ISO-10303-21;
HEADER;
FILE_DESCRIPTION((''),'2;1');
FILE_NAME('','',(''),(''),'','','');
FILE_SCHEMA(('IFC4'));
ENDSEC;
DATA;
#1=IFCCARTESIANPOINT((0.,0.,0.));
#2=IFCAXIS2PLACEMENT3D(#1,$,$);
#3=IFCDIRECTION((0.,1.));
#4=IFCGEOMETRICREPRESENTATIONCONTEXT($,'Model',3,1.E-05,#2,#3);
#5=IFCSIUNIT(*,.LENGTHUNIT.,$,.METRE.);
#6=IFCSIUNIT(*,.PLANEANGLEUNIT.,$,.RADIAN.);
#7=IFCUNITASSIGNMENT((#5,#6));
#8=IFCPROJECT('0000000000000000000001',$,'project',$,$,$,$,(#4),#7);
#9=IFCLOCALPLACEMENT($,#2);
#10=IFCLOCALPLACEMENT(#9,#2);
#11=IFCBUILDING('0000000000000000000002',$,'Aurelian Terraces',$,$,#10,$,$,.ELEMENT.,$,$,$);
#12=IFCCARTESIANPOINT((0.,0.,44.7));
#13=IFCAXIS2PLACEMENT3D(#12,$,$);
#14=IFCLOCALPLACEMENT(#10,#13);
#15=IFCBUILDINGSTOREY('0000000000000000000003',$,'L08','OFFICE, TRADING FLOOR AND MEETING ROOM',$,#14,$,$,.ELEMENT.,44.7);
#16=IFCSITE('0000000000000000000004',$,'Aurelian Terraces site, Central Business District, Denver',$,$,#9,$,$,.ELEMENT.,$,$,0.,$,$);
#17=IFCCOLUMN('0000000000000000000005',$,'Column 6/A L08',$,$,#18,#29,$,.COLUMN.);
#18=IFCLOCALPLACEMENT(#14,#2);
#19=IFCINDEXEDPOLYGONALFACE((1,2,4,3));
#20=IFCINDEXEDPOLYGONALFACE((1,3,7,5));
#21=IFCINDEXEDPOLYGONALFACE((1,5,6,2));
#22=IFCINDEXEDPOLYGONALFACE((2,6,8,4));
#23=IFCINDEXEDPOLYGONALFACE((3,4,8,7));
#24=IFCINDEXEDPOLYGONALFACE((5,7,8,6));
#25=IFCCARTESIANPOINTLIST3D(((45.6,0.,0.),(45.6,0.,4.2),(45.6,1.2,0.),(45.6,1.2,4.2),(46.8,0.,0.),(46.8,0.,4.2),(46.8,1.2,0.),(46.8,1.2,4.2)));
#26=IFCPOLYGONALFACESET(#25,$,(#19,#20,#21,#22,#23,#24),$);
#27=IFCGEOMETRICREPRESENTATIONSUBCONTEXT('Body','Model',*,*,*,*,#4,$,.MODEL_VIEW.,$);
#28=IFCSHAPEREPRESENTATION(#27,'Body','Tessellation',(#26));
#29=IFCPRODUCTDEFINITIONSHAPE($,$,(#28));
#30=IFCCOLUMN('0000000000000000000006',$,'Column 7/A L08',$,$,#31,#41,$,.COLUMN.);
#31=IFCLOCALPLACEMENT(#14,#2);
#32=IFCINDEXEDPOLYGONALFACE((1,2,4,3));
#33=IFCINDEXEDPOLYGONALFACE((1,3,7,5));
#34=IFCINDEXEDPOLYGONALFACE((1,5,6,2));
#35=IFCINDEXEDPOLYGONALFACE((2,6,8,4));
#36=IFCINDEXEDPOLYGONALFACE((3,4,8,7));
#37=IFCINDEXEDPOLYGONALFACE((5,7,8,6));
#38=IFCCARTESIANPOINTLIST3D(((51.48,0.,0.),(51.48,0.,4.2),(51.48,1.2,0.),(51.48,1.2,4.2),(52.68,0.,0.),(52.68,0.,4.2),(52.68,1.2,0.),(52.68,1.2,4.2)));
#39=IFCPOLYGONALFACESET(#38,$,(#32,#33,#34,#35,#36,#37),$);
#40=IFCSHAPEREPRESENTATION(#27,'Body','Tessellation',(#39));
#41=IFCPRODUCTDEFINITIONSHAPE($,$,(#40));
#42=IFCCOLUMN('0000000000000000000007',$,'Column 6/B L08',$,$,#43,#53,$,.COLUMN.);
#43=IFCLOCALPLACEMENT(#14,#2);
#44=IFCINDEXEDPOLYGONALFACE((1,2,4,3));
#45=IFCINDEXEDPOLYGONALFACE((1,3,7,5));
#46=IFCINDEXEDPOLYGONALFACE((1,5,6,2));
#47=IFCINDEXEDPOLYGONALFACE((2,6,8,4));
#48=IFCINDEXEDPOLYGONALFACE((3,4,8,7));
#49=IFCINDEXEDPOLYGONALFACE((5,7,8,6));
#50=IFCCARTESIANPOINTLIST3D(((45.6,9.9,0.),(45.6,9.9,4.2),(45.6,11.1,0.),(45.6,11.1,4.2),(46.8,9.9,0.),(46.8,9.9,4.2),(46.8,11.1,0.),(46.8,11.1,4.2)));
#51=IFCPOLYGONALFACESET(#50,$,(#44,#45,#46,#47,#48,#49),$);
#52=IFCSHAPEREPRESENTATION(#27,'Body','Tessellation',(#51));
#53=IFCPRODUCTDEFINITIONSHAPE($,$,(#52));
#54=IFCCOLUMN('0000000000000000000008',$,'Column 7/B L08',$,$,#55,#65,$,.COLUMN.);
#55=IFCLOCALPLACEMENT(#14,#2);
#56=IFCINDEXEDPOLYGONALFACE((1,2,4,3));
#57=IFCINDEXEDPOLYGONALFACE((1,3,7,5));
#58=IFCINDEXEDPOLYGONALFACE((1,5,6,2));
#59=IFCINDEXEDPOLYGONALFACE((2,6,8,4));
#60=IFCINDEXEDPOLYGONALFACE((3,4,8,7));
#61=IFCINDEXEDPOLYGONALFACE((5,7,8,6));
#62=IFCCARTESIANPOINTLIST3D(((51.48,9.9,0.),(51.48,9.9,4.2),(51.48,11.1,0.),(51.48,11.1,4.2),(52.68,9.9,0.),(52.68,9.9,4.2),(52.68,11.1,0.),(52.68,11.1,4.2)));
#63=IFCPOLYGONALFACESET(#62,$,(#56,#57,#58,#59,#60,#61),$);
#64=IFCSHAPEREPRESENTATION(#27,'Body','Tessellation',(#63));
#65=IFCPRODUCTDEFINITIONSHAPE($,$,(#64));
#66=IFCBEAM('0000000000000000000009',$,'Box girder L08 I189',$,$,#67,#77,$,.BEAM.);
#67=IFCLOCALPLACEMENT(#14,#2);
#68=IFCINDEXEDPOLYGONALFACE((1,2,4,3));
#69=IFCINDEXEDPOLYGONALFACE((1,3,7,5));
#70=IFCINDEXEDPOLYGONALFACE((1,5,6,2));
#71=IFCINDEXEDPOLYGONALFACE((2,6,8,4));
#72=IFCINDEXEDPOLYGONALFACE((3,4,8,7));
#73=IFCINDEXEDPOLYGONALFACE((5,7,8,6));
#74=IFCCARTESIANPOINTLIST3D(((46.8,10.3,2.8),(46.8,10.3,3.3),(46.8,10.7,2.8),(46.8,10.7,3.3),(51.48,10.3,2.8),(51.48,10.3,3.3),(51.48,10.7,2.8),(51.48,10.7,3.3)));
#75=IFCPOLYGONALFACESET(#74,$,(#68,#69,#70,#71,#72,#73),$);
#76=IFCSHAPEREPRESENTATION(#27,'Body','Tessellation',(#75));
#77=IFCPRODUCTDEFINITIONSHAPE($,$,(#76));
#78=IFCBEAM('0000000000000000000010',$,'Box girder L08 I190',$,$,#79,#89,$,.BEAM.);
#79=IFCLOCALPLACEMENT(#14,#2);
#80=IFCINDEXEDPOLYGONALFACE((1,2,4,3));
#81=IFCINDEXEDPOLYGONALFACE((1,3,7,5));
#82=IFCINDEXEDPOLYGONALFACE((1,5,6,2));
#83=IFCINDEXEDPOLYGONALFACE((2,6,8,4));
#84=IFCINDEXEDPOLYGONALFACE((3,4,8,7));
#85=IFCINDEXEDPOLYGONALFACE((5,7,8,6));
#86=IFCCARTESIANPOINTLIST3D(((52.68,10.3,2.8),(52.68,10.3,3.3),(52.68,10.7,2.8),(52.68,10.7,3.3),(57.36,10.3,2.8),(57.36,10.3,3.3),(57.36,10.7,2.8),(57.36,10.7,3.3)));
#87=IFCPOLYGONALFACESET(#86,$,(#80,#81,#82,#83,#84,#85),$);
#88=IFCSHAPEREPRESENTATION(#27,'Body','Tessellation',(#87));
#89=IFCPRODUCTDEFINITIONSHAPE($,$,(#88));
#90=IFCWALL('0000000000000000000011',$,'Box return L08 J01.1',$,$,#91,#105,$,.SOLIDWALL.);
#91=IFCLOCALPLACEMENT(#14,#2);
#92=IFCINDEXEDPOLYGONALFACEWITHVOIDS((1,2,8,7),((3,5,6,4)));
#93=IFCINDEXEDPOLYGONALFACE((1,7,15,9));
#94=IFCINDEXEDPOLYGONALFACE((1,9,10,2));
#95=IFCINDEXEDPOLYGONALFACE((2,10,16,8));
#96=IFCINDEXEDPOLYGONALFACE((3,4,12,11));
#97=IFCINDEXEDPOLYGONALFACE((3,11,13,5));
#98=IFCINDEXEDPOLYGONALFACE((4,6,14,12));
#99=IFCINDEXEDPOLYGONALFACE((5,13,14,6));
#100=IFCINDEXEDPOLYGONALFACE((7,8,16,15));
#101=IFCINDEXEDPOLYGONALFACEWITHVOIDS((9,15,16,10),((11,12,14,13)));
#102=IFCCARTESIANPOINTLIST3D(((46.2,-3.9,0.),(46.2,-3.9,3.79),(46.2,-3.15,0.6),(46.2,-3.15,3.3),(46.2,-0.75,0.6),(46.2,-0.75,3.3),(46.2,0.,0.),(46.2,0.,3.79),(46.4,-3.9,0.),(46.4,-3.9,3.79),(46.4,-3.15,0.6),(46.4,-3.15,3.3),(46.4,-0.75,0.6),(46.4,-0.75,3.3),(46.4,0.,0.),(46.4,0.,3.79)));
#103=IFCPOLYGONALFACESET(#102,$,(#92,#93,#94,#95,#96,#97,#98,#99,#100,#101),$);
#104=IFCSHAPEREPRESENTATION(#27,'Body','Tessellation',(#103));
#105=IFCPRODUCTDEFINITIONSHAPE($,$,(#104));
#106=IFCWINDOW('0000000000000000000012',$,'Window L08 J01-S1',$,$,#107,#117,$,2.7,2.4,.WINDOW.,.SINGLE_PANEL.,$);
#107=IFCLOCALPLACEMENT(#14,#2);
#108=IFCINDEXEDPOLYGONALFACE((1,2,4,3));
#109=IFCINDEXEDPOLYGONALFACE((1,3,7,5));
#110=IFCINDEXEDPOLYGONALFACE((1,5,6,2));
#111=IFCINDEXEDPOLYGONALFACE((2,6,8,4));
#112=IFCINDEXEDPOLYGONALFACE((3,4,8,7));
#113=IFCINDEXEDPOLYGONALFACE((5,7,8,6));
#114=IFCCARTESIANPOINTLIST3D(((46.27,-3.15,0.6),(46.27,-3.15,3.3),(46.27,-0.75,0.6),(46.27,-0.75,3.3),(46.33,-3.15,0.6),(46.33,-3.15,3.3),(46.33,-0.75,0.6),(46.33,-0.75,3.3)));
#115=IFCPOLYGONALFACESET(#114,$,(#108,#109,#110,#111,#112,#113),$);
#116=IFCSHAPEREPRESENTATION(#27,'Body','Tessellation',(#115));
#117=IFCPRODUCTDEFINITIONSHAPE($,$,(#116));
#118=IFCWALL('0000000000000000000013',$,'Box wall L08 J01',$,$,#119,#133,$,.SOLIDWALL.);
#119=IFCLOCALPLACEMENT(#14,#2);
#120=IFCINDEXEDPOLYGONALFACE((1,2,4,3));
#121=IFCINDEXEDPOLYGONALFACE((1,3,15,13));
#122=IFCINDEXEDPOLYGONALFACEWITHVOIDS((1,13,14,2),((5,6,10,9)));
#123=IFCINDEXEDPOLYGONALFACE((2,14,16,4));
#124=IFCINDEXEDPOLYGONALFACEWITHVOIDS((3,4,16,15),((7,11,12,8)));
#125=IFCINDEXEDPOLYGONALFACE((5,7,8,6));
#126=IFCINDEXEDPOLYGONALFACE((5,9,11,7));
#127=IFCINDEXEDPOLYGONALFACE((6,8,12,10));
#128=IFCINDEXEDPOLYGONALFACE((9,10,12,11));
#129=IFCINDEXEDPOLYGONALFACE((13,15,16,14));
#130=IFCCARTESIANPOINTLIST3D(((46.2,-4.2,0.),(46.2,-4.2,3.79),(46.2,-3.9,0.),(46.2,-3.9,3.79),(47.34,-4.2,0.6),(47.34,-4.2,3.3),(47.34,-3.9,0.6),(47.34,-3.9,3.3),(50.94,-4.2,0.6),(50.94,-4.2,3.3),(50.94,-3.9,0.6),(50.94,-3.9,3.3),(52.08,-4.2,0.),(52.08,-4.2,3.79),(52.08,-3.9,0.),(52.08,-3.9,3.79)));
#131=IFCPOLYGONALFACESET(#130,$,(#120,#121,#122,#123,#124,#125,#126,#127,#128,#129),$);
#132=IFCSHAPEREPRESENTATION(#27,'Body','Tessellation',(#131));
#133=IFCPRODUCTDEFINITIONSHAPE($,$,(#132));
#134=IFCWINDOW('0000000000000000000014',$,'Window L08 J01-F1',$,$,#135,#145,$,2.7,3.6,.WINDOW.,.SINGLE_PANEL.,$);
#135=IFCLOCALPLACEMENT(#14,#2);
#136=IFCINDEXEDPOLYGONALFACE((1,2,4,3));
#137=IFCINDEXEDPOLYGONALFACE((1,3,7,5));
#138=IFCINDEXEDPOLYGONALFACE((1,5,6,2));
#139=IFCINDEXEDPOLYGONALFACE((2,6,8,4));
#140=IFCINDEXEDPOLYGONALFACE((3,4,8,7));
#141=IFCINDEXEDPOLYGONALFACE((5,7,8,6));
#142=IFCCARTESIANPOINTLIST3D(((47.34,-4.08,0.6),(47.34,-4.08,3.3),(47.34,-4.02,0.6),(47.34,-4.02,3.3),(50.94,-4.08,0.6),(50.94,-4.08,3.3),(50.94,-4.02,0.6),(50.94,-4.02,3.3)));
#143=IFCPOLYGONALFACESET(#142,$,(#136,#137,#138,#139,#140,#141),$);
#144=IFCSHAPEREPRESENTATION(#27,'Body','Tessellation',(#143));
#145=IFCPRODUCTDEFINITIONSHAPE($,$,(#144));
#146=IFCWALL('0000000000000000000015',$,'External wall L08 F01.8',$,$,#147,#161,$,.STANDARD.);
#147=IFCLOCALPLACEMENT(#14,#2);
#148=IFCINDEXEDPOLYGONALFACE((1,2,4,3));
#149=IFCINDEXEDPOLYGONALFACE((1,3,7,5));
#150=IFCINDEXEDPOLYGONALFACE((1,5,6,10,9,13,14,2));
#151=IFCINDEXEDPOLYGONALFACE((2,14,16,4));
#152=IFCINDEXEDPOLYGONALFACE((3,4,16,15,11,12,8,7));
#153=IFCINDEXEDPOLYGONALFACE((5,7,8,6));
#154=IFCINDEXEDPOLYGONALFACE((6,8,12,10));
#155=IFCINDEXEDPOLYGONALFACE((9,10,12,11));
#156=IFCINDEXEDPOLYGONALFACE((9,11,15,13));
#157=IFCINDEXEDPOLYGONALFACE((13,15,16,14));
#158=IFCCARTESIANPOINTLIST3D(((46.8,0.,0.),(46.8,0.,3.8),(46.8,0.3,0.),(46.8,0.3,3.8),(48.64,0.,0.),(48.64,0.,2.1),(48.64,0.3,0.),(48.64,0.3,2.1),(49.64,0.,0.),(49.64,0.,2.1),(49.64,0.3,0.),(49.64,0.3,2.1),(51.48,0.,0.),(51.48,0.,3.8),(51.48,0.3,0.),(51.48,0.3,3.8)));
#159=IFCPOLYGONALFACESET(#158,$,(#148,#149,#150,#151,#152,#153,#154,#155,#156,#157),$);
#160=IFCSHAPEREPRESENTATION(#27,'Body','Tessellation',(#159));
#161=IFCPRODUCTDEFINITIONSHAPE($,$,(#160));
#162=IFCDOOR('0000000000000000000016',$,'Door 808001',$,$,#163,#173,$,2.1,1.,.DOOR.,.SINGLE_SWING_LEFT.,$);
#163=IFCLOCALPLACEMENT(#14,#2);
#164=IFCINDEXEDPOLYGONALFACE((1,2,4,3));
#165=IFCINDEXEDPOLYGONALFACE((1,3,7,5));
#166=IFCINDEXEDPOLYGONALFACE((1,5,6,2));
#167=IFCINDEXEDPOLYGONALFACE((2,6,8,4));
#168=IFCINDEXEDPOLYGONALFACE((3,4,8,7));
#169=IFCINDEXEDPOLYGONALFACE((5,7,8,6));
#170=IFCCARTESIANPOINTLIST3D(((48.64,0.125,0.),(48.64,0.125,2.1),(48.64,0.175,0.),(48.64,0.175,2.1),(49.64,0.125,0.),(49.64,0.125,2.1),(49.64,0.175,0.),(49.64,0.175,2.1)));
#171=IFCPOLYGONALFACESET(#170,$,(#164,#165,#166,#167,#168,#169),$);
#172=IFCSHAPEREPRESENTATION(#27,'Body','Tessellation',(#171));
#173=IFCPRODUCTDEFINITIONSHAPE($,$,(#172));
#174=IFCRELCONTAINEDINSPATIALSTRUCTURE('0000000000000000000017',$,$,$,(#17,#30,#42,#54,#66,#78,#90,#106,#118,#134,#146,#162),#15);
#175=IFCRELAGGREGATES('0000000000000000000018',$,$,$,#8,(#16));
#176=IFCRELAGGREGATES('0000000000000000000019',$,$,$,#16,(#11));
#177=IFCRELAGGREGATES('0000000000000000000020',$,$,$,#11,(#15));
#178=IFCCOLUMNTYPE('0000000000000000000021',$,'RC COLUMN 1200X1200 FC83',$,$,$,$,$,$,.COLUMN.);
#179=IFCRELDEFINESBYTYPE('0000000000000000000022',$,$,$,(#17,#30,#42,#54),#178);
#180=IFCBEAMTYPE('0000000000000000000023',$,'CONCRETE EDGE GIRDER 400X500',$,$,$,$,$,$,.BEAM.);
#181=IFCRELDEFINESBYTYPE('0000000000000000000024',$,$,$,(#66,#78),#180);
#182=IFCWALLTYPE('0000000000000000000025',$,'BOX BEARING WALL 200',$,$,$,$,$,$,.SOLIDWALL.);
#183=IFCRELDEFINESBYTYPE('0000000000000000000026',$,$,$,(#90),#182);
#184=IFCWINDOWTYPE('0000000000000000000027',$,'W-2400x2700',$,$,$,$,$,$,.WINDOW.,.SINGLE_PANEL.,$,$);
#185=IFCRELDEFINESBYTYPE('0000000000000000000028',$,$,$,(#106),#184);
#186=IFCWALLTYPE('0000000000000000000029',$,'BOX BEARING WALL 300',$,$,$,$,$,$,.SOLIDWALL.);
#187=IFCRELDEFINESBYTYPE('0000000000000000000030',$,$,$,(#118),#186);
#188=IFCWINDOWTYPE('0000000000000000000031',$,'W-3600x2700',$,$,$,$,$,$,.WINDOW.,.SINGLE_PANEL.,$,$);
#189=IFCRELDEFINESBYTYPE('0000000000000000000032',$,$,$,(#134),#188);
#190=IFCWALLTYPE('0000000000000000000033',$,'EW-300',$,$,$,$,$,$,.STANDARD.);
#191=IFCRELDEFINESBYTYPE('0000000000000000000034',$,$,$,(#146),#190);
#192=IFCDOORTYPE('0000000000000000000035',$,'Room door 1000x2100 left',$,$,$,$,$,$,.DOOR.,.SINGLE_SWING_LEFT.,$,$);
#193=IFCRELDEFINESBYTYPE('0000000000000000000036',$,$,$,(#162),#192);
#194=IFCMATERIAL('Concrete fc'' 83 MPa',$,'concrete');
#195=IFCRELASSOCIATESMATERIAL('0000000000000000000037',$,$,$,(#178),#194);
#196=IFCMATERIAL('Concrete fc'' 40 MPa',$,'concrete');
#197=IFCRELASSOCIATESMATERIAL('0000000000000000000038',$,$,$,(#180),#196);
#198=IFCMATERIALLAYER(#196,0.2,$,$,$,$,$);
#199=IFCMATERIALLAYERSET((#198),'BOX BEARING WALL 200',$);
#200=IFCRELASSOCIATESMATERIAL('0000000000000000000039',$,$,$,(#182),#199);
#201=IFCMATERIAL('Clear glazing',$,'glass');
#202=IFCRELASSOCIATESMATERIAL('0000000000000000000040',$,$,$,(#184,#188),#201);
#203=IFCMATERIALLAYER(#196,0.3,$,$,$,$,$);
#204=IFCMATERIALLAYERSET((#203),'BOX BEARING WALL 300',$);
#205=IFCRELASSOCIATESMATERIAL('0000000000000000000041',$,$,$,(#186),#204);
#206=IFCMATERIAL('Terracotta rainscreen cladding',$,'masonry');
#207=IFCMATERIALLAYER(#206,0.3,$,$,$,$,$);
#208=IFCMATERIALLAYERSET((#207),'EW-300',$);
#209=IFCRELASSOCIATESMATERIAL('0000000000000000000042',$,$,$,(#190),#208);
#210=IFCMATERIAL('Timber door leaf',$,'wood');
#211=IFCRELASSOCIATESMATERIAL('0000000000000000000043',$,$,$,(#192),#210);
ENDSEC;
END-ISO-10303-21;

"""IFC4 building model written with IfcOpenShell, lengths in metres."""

from ifc_helpers import new_model, si_unit, direction, frame, frame_2d, origin, origin_2d, place, context, subcontext, project, spatial, rectangle, extrude, source, transform, mapped, material, layer, layer_set, material_profile, profile_set, type_object, element, fill, save


model = new_model("IFC4")

# Units and contexts
model_context = context("Model", 3, precision=1e-05, world=origin(), true_north=direction((0.0, 1.0)))
body_context = subcontext(model_context, "Body", "Model", "MODEL_VIEW")
ifc_project = project(units=[si_unit("LENGTHUNIT", "METRE"), si_unit("PLANEANGLEUNIT", "RADIAN")], contexts=[model_context])

# Site, building, storey
site_placement = place(None, origin())
site = spatial("IfcSite", under=ifc_project, at=site_placement, Name="Aurelian Terraces site, Central Business District, Denver", CompositionType="ELEMENT", RefElevation=0.0)
building_placement = place(site_placement, origin())
building = spatial("IfcBuilding", under=site, at=building_placement, Name="Aurelian Terraces", CompositionType="ELEMENT")
storey_placement = place(building_placement, frame((0.0, 0.0, 44.7)))
storey = spatial("IfcBuildingStorey", under=building, at=storey_placement, Name="L08", Description="OFFICE, TRADING FLOOR AND MEETING ROOM", CompositionType="ELEMENT", Elevation=44.7)

# Columns
ifc_material_1 = material(Name="Concrete fc' 83 MPa", Category="concrete")
ifc_material_profile_1 = material_profile(ifc_material_1, rectangle(XDim=1.2, YDim=1.2, at=origin_2d()))
ifc_profile_set_1 = profile_set([ifc_material_profile_1], Name="Concrete fc' 83 MPa")
column_type = type_object("IfcColumnType", Name="RC COLUMN 1200X1200 FC83", PredefinedType="COLUMN", material=ifc_profile_set_1)
shared_shape_1 = source(origin(), body_context, "Body", "SweptSolid", [
    extrude(rectangle(XDim=1.2, YDim=1.2, at=origin_2d()), origin(), (0.0, 0.0, 1.0), 4.2),
])
for number, where, z_axis, x_axis, name in (
    (1, (46.2, 0.6, 0.0), (0.0, 0.0, 1.0), (1.0, 0.0, 0.0), "Column 6/A L08"),
    (2, (52.08, 0.6, 0.0), (0.0, 0.0, 1.0), (1.0, 0.0, 0.0), "Column 7/A L08"),
    (3, (46.2, 10.5, 0.0), (0.0, 0.0, 1.0), (1.0, 0.0, 0.0), "Column 6/B L08"),
    (4, (52.08, 10.5, 0.0), (0.0, 0.0, 1.0), (1.0, 0.0, 0.0), "Column 7/B L08"),
):
    element("IfcColumn", number, at=place(storey_placement, frame(where, z_axis=z_axis, x_axis=x_axis)), inside=storey, type_object=column_type, Name=name, PredefinedType="COLUMN", context=body_context, shape_type="MappedRepresentation", body=[
        mapped(shared_shape_1, transform((0.0, 0.0, 0.0), scale=1.0)),
    ])

# Beams
ifc_material_2 = material(Name="Concrete fc' 40 MPa", Category="concrete")
ifc_material_profile_2 = material_profile(ifc_material_2, rectangle(XDim=0.4, YDim=0.5, at=origin_2d()))
ifc_profile_set_2 = profile_set([ifc_material_profile_2], Name="Concrete fc' 40 MPa")
beam_type = type_object("IfcBeamType", Name="CONCRETE EDGE GIRDER 400X500", PredefinedType="BEAM", material=ifc_profile_set_2)
shared_shape_2 = source(origin(), body_context, "Body", "SweptSolid", [
    extrude(rectangle(XDim=0.4, YDim=0.5, at=origin_2d()), origin(), (0.0, 0.0, 1.0), 4.68),
])
for number, where, z_axis, x_axis, name in (
    (5, (46.8, 10.5, 3.05), (1.0, 0.0, 0.0), (0.0, 1.0, 0.0), "Box girder L08 I189"),
    (6, (52.68, 10.5, 3.05), (1.0, 0.0, 0.0), (0.0, 1.0, 0.0), "Box girder L08 I190"),
):
    element("IfcBeam", number, at=place(storey_placement, frame(where, z_axis=z_axis, x_axis=x_axis)), inside=storey, type_object=beam_type, Name=name, PredefinedType="BEAM", context=body_context, shape_type="MappedRepresentation", body=[
        mapped(shared_shape_2, transform((0.0, 0.0, 0.0), scale=1.0)),
    ])

# Walls, openings, windows
ifc_layer_1 = layer(ifc_material_2, 0.2)
ifc_layer_set_1 = layer_set([ifc_layer_1], Name="BOX BEARING WALL 200")
wall_type_1 = type_object("IfcWallType", Name="BOX BEARING WALL 200", PredefinedType="SOLIDWALL", material=ifc_layer_set_1)
wall_1_placement = place(storey_placement, frame((46.3, 0.0, 0.0), z_axis=(0.0, 0.0, 1.0), x_axis=(0.0, -1.0, 0.0)))
wall_1 = element("IfcWall", 7, at=wall_1_placement, inside=storey, type_object=wall_type_1, Name="Box return L08 J01.1", PredefinedType="SOLIDWALL", context=body_context, shape_type="SweptSolid", body=[
    extrude(rectangle(XDim=3.9, YDim=0.2, at=frame_2d((1.95, 0.0))), origin(), (0.0, 0.0, 1.0), 3.79),
])
opening_1_placement = place(wall_1_placement, frame((0.75, 0.0, 0.6)))
opening_1 = element("IfcOpeningElement", 8, at=opening_1_placement, cuts=wall_1, PredefinedType="OPENING", context=body_context, shape_type="SweptSolid", body=[
    extrude(rectangle(XDim=2.4, YDim=2.7, at=frame_2d((1.2, 1.35))), frame((0.0, 0.11, 0.0), z_axis=(0.0, -1.0, 0.0), x_axis=(1.0, 0.0, 0.0)), (0.0, 0.0, 1.0), 0.22),
])
ifc_material_3 = material(Name="Clear glazing", Category="glass")
window_type_1 = type_object("IfcWindowType", Name="W-2400x2700", PartitioningType="SINGLE_PANEL", PredefinedType="WINDOW", material=ifc_material_3)
shared_shape_3 = source(origin(), body_context, "Body", "SweptSolid", [
    extrude(rectangle(XDim=2.4, YDim=2.7, at=frame_2d((1.2, 1.35))), frame((0.0, 0.03, 0.0), z_axis=(0.0, -1.0, 0.0), x_axis=(1.0, 0.0, 0.0)), (0.0, 0.0, 1.0), 0.06),
])
window_1_placement = place(opening_1_placement, origin())
window_1 = element("IfcWindow", 9, at=window_1_placement, inside=storey, type_object=window_type_1, Name="Window L08 J01-S1", OverallHeight=2.7, OverallWidth=2.4, PartitioningType="SINGLE_PANEL", PredefinedType="WINDOW", context=body_context, shape_type="MappedRepresentation", body=[
    mapped(shared_shape_3, transform((0.0, 0.0, 0.0), scale=1.0)),
])
fill(opening_1, window_1)
ifc_layer_2 = layer(ifc_material_2, 0.3)
ifc_layer_set_2 = layer_set([ifc_layer_2], Name="BOX BEARING WALL 300")
wall_type_2 = type_object("IfcWallType", Name="BOX BEARING WALL 300", PredefinedType="SOLIDWALL", material=ifc_layer_set_2)
wall_2_placement = place(storey_placement, frame((46.2, -4.05, 0.0), z_axis=(0.0, 0.0, 1.0), x_axis=(1.0, 0.0, 0.0)))
wall_2 = element("IfcWall", 10, at=wall_2_placement, inside=storey, type_object=wall_type_2, Name="Box wall L08 J01", PredefinedType="SOLIDWALL", context=body_context, shape_type="SweptSolid", body=[
    extrude(rectangle(XDim=5.88, YDim=0.3, at=frame_2d((2.94, 0.0))), origin(), (0.0, 0.0, 1.0), 3.79),
])
shared_shape_4 = source(origin(), body_context, "Body", "SweptSolid", [
    extrude(rectangle(XDim=3.6, YDim=2.7, at=frame_2d((1.8, 1.35))), frame((0.0, 0.16, 0.0), z_axis=(0.0, -1.0, 0.0), x_axis=(1.0, 0.0, 0.0)), (0.0, 0.0, 1.0), 0.32),
])
opening_2_placement = place(wall_2_placement, frame((1.14, 0.0, 0.6)))
opening_2 = element("IfcOpeningElement", 11, at=opening_2_placement, cuts=wall_2, PredefinedType="OPENING", context=body_context, shape_type="MappedRepresentation", body=[
    mapped(shared_shape_4, transform((0.0, 0.0, 0.0), scale=1.0)),
])
window_type_2 = type_object("IfcWindowType", Name="W-3600x2700", PartitioningType="SINGLE_PANEL", PredefinedType="WINDOW", material=ifc_material_3)
shared_shape_5 = source(origin(), body_context, "Body", "SweptSolid", [
    extrude(rectangle(XDim=3.6, YDim=2.7, at=frame_2d((1.8, 1.35))), frame((0.0, 0.03, 0.0), z_axis=(0.0, -1.0, 0.0), x_axis=(1.0, 0.0, 0.0)), (0.0, 0.0, 1.0), 0.06),
])
window_2_placement = place(opening_2_placement, origin())
window_2 = element("IfcWindow", 12, at=window_2_placement, inside=storey, type_object=window_type_2, Name="Window L08 J01-F1", OverallHeight=2.7, OverallWidth=3.6, PartitioningType="SINGLE_PANEL", PredefinedType="WINDOW", context=body_context, shape_type="MappedRepresentation", body=[
    mapped(shared_shape_5, transform((0.0, 0.0, 0.0), scale=1.0)),
])
fill(opening_2, window_2)

# Wall, opening, door
ifc_material_4 = material(Name="Terracotta rainscreen cladding", Category="masonry")
ifc_layer_3 = layer(ifc_material_4, 0.3)
ifc_layer_set_3 = layer_set([ifc_layer_3], Name="EW-300")
wall_type_3 = type_object("IfcWallType", Name="EW-300", PredefinedType="STANDARD", material=ifc_layer_set_3)
shared_shape_6 = source(origin(), body_context, "Body", "SweptSolid", [
    extrude(rectangle(XDim=4.68, YDim=0.3, at=frame_2d((2.34, 0.0))), origin(), (0.0, 0.0, 1.0), 3.8),
])
wall_3_placement = place(storey_placement, frame((46.8, 0.15, 0.0), z_axis=(0.0, 0.0, 1.0), x_axis=(1.0, 0.0, 0.0)))
wall_3 = element("IfcWall", 13, at=wall_3_placement, inside=storey, type_object=wall_type_3, Name="External wall L08 F01.8", PredefinedType="STANDARD", context=body_context, shape_type="MappedRepresentation", body=[
    mapped(shared_shape_6, transform((0.0, 0.0, 0.0), scale=1.0)),
])
shared_shape_7 = source(origin(), body_context, "Body", "SweptSolid", [
    extrude(rectangle(XDim=1.0, YDim=2.1, at=frame_2d((0.5, 1.05))), frame((0.0, 0.16, 0.0), z_axis=(0.0, -1.0, 0.0), x_axis=(1.0, 0.0, 0.0)), (0.0, 0.0, 1.0), 0.32),
])
opening_3_placement = place(wall_3_placement, frame((1.84, 0.0, 0.0)))
opening_3 = element("IfcOpeningElement", 14, at=opening_3_placement, cuts=wall_3, PredefinedType="OPENING", context=body_context, shape_type="MappedRepresentation", body=[
    mapped(shared_shape_7, transform((0.0, 0.0, 0.0), scale=1.0)),
])
ifc_material_5 = material(Name="Timber door leaf", Category="wood")
door_type_1 = type_object("IfcDoorType", Name="Room door 1000x2100 left", OperationType="SINGLE_SWING_LEFT", PredefinedType="DOOR", material=ifc_material_5)
shared_shape_8 = source(origin(), body_context, "Body", "SweptSolid", [
    extrude(rectangle(XDim=1.0, YDim=2.1, at=frame_2d((0.5, 1.05))), frame((0.0, 0.025, 0.0), z_axis=(0.0, -1.0, 0.0), x_axis=(1.0, 0.0, 0.0)), (0.0, 0.0, 1.0), 0.05),
])
door_1_placement = place(opening_3_placement, origin())
door_1 = element("IfcDoor", 15, at=door_1_placement, inside=storey, type_object=door_type_1, Name="Door 808001", OperationType="SINGLE_SWING_LEFT", OverallHeight=2.1, OverallWidth=1.0, PredefinedType="DOOR", context=body_context, shape_type="MappedRepresentation", body=[
    mapped(shared_shape_8, transform((0.0, 0.0, 0.0), scale=1.0)),
])
fill(opening_3, door_1)

save(model, "model.ifc")
